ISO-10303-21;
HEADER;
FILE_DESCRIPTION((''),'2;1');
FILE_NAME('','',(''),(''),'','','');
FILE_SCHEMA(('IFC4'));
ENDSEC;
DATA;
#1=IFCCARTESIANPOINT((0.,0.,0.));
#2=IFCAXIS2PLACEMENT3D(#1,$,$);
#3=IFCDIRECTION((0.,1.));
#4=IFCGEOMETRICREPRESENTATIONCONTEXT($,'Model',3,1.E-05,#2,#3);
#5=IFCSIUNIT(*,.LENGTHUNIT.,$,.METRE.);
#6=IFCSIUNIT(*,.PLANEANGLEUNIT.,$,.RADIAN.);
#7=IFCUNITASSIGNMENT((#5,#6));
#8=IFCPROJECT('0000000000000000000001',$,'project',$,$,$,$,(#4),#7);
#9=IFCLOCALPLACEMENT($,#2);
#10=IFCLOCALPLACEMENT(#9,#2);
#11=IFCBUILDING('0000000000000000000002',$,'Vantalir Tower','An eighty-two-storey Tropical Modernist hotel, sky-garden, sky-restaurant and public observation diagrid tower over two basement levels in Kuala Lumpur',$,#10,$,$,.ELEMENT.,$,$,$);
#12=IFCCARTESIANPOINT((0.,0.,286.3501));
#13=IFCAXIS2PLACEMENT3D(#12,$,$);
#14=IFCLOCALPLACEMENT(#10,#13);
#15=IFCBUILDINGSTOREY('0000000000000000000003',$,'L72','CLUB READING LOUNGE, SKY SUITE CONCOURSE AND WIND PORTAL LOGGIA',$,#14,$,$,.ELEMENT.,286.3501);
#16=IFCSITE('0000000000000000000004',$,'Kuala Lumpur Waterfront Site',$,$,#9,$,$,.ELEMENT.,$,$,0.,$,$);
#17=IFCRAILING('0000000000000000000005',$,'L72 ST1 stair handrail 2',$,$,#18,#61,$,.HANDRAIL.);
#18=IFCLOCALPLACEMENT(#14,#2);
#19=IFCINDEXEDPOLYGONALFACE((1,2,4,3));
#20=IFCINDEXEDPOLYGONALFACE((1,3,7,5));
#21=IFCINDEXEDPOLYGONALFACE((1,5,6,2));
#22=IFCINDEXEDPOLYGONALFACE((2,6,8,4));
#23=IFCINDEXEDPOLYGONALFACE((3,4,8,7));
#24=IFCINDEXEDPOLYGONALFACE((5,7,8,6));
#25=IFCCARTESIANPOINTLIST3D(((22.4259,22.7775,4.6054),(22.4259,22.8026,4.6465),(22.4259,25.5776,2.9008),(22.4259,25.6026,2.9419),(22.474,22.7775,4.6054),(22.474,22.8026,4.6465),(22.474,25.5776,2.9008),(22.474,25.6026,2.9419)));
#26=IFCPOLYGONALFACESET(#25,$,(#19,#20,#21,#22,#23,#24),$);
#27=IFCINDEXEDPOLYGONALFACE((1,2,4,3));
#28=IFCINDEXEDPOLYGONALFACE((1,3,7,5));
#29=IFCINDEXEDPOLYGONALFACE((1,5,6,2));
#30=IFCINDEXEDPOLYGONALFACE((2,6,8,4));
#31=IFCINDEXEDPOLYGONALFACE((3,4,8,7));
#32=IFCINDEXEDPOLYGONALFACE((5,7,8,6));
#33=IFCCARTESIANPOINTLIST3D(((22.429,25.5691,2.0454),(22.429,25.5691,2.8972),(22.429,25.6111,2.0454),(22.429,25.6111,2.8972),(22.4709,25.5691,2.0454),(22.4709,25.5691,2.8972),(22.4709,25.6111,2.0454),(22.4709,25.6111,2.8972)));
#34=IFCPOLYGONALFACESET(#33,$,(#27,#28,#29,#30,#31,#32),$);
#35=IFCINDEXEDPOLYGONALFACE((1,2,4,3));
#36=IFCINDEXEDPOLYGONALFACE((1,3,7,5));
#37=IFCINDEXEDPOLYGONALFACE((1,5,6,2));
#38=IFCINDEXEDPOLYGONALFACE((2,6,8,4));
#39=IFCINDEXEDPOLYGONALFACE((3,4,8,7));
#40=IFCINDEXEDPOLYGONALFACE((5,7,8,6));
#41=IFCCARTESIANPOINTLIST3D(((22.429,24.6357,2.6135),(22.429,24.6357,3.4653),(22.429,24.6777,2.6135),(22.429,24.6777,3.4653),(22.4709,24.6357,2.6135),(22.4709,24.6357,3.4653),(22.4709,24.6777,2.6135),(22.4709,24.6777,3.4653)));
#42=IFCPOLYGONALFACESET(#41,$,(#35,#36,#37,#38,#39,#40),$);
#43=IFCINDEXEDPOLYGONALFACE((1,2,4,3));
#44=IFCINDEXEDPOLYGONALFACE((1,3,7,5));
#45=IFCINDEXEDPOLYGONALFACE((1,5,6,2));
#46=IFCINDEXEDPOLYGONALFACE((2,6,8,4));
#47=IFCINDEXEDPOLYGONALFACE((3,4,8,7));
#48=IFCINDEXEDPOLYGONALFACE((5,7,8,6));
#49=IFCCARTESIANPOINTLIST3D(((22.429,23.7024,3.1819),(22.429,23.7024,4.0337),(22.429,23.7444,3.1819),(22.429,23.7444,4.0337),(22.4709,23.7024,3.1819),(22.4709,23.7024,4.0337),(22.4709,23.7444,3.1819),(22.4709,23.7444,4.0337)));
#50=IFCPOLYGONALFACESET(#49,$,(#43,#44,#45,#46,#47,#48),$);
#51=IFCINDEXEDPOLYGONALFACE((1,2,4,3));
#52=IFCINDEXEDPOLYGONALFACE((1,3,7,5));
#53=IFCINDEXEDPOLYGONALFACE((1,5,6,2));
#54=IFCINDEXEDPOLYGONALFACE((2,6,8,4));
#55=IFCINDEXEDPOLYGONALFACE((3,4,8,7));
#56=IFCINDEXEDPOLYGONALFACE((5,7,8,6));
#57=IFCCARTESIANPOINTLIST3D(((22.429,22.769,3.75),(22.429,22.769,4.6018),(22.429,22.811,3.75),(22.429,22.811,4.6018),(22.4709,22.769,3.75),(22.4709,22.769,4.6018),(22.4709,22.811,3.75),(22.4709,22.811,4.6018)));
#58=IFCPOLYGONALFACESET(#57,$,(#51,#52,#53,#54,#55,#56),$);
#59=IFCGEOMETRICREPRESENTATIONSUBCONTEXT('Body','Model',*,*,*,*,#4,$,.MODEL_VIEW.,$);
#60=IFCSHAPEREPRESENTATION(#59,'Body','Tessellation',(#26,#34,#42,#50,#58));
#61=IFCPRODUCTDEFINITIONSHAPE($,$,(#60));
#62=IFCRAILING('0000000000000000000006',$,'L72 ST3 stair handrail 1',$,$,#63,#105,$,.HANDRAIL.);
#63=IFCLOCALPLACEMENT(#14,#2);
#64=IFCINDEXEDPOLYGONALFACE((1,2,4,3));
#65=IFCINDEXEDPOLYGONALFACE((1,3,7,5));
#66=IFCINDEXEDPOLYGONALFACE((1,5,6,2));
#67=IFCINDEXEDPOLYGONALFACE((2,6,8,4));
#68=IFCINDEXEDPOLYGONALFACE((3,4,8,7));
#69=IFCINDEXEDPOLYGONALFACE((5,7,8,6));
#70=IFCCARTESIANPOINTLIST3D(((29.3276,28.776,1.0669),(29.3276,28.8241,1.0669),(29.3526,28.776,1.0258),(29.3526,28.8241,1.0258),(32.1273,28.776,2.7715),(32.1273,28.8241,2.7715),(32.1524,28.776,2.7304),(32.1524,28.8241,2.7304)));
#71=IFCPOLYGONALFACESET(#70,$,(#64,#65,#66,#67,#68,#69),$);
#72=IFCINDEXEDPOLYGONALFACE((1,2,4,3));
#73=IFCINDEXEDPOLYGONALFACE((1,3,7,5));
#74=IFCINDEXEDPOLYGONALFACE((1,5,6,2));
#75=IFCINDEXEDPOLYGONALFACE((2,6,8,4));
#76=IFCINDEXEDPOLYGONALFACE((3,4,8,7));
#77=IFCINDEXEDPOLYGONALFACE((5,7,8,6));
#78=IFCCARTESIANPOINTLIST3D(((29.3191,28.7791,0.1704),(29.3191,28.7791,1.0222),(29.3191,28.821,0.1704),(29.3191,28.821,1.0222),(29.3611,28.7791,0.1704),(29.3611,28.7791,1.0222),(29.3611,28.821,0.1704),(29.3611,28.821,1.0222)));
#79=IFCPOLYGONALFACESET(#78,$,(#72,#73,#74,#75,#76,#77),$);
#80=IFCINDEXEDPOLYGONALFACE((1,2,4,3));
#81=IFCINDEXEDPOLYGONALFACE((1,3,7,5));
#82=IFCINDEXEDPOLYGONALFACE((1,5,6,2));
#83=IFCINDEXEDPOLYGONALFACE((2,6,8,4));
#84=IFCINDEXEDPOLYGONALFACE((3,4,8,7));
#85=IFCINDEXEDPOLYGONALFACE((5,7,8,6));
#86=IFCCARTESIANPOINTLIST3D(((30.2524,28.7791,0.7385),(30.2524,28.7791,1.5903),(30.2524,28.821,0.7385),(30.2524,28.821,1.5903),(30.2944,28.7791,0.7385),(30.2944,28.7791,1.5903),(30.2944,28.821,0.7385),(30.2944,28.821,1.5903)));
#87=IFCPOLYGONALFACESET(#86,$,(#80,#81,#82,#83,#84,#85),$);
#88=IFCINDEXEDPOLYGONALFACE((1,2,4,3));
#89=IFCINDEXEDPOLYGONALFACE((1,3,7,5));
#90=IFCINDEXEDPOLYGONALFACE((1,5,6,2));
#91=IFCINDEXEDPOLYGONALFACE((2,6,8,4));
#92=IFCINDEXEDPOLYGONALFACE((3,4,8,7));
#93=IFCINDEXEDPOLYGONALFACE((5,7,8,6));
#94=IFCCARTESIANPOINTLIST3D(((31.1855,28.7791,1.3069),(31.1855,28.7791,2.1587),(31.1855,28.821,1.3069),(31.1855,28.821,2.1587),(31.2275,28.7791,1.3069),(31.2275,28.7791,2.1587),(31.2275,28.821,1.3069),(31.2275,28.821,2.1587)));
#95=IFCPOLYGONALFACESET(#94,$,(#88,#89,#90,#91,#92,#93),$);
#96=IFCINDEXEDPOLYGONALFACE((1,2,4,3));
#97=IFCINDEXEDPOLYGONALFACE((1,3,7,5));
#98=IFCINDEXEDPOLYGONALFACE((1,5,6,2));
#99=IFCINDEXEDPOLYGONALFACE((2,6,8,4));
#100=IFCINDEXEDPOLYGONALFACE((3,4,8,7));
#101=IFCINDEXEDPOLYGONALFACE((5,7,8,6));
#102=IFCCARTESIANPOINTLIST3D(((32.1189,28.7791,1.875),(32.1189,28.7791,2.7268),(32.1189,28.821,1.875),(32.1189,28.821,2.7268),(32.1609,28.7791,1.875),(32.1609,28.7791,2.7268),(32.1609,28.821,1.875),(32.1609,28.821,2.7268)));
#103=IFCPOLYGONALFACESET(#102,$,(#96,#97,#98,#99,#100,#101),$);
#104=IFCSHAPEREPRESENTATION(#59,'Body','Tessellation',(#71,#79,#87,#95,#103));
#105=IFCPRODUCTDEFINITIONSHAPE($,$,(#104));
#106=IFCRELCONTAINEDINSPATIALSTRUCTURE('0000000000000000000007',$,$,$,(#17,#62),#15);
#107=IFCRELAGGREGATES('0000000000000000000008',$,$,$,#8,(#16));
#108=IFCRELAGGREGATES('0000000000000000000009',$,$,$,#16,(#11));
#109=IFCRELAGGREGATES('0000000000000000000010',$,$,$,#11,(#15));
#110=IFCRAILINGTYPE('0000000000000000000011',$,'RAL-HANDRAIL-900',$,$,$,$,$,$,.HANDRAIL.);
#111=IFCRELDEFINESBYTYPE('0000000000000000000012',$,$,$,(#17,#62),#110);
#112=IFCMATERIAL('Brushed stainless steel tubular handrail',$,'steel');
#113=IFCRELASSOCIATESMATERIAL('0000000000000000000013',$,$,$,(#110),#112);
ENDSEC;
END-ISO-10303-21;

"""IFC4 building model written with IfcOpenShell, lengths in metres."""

from ifc_helpers import new_model, si_unit, direction, frame, origin, origin_2d, place, context, subcontext, project, spatial, rectangle, extrude, material, type_object, element, save


model = new_model("IFC4")

# Units and contexts
model_context = context("Model", 3, precision=1e-05, world=origin(), true_north=direction((0.0, 1.0)))
body_context = subcontext(model_context, "Body", "Model", "MODEL_VIEW")
ifc_project = project(units=[si_unit("LENGTHUNIT", "METRE"), si_unit("PLANEANGLEUNIT", "RADIAN")], contexts=[model_context])

# Site, building, storey
site_placement = place(None, origin())
site = spatial("IfcSite", under=ifc_project, at=site_placement, Name="Kuala Lumpur Waterfront Site", CompositionType="ELEMENT", RefElevation=0.0)
building_placement = place(site_placement, origin())
building = spatial("IfcBuilding", under=site, at=building_placement, Name="Vantalir Tower", Description="An eighty-two-storey Tropical Modernist hotel, sky-garden, sky-restaurant and public observation diagrid tower over two basement levels in Kuala Lumpur", CompositionType="ELEMENT")
storey_placement = place(building_placement, frame((0.0, 0.0, 286.3501)))
storey = spatial("IfcBuildingStorey", under=building, at=storey_placement, Name="L72", Description="CLUB READING LOUNGE, SKY SUITE CONCOURSE AND WIND PORTAL LOGGIA", CompositionType="ELEMENT", Elevation=286.3501)

# Railings
ifc_material_1 = material(Name="Brushed stainless steel tubular handrail", Category="steel")
railing_type_1 = type_object("IfcRailingType", Name="RAL-HANDRAIL-900", PredefinedType="HANDRAIL", material=ifc_material_1)
railing_1_placement = place(storey_placement, frame((22.45, 25.5901, 2.0454)))
element("IfcRailing", 1, at=railing_1_placement, inside=storey, type_object=railing_type_1, Name="L72 ST1 stair handrail 2", PredefinedType="HANDRAIL", context=body_context, shape_type="SweptSolid", body=[
    extrude(rectangle(XDim=0.0481, YDim=0.0481, at=origin_2d()), frame((0.0, 0.0, 0.876), z_axis=(0.0, -0.85417, 0.519994), x_axis=(1.0, 0.0, 0.0)), (0.0, 0.0, 1.0), 3.2781),
    extrude(rectangle(XDim=0.042, YDim=0.042, at=origin_2d()), origin(), (0.0, 0.0, 1.0), 0.8518),
    extrude(rectangle(XDim=0.042, YDim=0.042, at=origin_2d()), frame((0.0, -0.9333, 0.5681)), (0.0, 0.0, 1.0), 0.8518),
    extrude(rectangle(XDim=0.042, YDim=0.042, at=origin_2d()), frame((0.0, -1.8667, 1.1365)), (0.0, 0.0, 1.0), 0.8518),
    extrude(rectangle(XDim=0.042, YDim=0.042, at=origin_2d()), frame((0.0, -2.8, 1.7046)), (0.0, 0.0, 1.0), 0.8518),
])
railing_2_placement = place(storey_placement, frame((29.3401, 28.8, 0.1704)))
element("IfcRailing", 2, at=railing_2_placement, inside=storey, type_object=railing_type_1, Name="L72 ST3 stair handrail 1", PredefinedType="HANDRAIL", context=body_context, shape_type="SweptSolid", body=[
    extrude(rectangle(XDim=0.0481, YDim=0.0481, at=origin_2d()), frame((0.0, 0.0, 0.876), z_axis=(0.85415, 0.0, 0.520027), x_axis=(0.0, 1.0, 0.0)), (0.0, 0.0, 1.0), 3.2778),
    extrude(rectangle(XDim=0.042, YDim=0.042, at=origin_2d()), origin(), (0.0, 0.0, 1.0), 0.8518),
    extrude(rectangle(XDim=0.042, YDim=0.042, at=origin_2d()), frame((0.9333, 0.0, 0.5681)), (0.0, 0.0, 1.0), 0.8518),
    extrude(rectangle(XDim=0.042, YDim=0.042, at=origin_2d()), frame((1.8665, 0.0, 1.1365)), (0.0, 0.0, 1.0), 0.8518),
    extrude(rectangle(XDim=0.042, YDim=0.042, at=origin_2d()), frame((2.7998, 0.0, 1.7046)), (0.0, 0.0, 1.0), 0.8518),
])

save(model, "model.ifc")
